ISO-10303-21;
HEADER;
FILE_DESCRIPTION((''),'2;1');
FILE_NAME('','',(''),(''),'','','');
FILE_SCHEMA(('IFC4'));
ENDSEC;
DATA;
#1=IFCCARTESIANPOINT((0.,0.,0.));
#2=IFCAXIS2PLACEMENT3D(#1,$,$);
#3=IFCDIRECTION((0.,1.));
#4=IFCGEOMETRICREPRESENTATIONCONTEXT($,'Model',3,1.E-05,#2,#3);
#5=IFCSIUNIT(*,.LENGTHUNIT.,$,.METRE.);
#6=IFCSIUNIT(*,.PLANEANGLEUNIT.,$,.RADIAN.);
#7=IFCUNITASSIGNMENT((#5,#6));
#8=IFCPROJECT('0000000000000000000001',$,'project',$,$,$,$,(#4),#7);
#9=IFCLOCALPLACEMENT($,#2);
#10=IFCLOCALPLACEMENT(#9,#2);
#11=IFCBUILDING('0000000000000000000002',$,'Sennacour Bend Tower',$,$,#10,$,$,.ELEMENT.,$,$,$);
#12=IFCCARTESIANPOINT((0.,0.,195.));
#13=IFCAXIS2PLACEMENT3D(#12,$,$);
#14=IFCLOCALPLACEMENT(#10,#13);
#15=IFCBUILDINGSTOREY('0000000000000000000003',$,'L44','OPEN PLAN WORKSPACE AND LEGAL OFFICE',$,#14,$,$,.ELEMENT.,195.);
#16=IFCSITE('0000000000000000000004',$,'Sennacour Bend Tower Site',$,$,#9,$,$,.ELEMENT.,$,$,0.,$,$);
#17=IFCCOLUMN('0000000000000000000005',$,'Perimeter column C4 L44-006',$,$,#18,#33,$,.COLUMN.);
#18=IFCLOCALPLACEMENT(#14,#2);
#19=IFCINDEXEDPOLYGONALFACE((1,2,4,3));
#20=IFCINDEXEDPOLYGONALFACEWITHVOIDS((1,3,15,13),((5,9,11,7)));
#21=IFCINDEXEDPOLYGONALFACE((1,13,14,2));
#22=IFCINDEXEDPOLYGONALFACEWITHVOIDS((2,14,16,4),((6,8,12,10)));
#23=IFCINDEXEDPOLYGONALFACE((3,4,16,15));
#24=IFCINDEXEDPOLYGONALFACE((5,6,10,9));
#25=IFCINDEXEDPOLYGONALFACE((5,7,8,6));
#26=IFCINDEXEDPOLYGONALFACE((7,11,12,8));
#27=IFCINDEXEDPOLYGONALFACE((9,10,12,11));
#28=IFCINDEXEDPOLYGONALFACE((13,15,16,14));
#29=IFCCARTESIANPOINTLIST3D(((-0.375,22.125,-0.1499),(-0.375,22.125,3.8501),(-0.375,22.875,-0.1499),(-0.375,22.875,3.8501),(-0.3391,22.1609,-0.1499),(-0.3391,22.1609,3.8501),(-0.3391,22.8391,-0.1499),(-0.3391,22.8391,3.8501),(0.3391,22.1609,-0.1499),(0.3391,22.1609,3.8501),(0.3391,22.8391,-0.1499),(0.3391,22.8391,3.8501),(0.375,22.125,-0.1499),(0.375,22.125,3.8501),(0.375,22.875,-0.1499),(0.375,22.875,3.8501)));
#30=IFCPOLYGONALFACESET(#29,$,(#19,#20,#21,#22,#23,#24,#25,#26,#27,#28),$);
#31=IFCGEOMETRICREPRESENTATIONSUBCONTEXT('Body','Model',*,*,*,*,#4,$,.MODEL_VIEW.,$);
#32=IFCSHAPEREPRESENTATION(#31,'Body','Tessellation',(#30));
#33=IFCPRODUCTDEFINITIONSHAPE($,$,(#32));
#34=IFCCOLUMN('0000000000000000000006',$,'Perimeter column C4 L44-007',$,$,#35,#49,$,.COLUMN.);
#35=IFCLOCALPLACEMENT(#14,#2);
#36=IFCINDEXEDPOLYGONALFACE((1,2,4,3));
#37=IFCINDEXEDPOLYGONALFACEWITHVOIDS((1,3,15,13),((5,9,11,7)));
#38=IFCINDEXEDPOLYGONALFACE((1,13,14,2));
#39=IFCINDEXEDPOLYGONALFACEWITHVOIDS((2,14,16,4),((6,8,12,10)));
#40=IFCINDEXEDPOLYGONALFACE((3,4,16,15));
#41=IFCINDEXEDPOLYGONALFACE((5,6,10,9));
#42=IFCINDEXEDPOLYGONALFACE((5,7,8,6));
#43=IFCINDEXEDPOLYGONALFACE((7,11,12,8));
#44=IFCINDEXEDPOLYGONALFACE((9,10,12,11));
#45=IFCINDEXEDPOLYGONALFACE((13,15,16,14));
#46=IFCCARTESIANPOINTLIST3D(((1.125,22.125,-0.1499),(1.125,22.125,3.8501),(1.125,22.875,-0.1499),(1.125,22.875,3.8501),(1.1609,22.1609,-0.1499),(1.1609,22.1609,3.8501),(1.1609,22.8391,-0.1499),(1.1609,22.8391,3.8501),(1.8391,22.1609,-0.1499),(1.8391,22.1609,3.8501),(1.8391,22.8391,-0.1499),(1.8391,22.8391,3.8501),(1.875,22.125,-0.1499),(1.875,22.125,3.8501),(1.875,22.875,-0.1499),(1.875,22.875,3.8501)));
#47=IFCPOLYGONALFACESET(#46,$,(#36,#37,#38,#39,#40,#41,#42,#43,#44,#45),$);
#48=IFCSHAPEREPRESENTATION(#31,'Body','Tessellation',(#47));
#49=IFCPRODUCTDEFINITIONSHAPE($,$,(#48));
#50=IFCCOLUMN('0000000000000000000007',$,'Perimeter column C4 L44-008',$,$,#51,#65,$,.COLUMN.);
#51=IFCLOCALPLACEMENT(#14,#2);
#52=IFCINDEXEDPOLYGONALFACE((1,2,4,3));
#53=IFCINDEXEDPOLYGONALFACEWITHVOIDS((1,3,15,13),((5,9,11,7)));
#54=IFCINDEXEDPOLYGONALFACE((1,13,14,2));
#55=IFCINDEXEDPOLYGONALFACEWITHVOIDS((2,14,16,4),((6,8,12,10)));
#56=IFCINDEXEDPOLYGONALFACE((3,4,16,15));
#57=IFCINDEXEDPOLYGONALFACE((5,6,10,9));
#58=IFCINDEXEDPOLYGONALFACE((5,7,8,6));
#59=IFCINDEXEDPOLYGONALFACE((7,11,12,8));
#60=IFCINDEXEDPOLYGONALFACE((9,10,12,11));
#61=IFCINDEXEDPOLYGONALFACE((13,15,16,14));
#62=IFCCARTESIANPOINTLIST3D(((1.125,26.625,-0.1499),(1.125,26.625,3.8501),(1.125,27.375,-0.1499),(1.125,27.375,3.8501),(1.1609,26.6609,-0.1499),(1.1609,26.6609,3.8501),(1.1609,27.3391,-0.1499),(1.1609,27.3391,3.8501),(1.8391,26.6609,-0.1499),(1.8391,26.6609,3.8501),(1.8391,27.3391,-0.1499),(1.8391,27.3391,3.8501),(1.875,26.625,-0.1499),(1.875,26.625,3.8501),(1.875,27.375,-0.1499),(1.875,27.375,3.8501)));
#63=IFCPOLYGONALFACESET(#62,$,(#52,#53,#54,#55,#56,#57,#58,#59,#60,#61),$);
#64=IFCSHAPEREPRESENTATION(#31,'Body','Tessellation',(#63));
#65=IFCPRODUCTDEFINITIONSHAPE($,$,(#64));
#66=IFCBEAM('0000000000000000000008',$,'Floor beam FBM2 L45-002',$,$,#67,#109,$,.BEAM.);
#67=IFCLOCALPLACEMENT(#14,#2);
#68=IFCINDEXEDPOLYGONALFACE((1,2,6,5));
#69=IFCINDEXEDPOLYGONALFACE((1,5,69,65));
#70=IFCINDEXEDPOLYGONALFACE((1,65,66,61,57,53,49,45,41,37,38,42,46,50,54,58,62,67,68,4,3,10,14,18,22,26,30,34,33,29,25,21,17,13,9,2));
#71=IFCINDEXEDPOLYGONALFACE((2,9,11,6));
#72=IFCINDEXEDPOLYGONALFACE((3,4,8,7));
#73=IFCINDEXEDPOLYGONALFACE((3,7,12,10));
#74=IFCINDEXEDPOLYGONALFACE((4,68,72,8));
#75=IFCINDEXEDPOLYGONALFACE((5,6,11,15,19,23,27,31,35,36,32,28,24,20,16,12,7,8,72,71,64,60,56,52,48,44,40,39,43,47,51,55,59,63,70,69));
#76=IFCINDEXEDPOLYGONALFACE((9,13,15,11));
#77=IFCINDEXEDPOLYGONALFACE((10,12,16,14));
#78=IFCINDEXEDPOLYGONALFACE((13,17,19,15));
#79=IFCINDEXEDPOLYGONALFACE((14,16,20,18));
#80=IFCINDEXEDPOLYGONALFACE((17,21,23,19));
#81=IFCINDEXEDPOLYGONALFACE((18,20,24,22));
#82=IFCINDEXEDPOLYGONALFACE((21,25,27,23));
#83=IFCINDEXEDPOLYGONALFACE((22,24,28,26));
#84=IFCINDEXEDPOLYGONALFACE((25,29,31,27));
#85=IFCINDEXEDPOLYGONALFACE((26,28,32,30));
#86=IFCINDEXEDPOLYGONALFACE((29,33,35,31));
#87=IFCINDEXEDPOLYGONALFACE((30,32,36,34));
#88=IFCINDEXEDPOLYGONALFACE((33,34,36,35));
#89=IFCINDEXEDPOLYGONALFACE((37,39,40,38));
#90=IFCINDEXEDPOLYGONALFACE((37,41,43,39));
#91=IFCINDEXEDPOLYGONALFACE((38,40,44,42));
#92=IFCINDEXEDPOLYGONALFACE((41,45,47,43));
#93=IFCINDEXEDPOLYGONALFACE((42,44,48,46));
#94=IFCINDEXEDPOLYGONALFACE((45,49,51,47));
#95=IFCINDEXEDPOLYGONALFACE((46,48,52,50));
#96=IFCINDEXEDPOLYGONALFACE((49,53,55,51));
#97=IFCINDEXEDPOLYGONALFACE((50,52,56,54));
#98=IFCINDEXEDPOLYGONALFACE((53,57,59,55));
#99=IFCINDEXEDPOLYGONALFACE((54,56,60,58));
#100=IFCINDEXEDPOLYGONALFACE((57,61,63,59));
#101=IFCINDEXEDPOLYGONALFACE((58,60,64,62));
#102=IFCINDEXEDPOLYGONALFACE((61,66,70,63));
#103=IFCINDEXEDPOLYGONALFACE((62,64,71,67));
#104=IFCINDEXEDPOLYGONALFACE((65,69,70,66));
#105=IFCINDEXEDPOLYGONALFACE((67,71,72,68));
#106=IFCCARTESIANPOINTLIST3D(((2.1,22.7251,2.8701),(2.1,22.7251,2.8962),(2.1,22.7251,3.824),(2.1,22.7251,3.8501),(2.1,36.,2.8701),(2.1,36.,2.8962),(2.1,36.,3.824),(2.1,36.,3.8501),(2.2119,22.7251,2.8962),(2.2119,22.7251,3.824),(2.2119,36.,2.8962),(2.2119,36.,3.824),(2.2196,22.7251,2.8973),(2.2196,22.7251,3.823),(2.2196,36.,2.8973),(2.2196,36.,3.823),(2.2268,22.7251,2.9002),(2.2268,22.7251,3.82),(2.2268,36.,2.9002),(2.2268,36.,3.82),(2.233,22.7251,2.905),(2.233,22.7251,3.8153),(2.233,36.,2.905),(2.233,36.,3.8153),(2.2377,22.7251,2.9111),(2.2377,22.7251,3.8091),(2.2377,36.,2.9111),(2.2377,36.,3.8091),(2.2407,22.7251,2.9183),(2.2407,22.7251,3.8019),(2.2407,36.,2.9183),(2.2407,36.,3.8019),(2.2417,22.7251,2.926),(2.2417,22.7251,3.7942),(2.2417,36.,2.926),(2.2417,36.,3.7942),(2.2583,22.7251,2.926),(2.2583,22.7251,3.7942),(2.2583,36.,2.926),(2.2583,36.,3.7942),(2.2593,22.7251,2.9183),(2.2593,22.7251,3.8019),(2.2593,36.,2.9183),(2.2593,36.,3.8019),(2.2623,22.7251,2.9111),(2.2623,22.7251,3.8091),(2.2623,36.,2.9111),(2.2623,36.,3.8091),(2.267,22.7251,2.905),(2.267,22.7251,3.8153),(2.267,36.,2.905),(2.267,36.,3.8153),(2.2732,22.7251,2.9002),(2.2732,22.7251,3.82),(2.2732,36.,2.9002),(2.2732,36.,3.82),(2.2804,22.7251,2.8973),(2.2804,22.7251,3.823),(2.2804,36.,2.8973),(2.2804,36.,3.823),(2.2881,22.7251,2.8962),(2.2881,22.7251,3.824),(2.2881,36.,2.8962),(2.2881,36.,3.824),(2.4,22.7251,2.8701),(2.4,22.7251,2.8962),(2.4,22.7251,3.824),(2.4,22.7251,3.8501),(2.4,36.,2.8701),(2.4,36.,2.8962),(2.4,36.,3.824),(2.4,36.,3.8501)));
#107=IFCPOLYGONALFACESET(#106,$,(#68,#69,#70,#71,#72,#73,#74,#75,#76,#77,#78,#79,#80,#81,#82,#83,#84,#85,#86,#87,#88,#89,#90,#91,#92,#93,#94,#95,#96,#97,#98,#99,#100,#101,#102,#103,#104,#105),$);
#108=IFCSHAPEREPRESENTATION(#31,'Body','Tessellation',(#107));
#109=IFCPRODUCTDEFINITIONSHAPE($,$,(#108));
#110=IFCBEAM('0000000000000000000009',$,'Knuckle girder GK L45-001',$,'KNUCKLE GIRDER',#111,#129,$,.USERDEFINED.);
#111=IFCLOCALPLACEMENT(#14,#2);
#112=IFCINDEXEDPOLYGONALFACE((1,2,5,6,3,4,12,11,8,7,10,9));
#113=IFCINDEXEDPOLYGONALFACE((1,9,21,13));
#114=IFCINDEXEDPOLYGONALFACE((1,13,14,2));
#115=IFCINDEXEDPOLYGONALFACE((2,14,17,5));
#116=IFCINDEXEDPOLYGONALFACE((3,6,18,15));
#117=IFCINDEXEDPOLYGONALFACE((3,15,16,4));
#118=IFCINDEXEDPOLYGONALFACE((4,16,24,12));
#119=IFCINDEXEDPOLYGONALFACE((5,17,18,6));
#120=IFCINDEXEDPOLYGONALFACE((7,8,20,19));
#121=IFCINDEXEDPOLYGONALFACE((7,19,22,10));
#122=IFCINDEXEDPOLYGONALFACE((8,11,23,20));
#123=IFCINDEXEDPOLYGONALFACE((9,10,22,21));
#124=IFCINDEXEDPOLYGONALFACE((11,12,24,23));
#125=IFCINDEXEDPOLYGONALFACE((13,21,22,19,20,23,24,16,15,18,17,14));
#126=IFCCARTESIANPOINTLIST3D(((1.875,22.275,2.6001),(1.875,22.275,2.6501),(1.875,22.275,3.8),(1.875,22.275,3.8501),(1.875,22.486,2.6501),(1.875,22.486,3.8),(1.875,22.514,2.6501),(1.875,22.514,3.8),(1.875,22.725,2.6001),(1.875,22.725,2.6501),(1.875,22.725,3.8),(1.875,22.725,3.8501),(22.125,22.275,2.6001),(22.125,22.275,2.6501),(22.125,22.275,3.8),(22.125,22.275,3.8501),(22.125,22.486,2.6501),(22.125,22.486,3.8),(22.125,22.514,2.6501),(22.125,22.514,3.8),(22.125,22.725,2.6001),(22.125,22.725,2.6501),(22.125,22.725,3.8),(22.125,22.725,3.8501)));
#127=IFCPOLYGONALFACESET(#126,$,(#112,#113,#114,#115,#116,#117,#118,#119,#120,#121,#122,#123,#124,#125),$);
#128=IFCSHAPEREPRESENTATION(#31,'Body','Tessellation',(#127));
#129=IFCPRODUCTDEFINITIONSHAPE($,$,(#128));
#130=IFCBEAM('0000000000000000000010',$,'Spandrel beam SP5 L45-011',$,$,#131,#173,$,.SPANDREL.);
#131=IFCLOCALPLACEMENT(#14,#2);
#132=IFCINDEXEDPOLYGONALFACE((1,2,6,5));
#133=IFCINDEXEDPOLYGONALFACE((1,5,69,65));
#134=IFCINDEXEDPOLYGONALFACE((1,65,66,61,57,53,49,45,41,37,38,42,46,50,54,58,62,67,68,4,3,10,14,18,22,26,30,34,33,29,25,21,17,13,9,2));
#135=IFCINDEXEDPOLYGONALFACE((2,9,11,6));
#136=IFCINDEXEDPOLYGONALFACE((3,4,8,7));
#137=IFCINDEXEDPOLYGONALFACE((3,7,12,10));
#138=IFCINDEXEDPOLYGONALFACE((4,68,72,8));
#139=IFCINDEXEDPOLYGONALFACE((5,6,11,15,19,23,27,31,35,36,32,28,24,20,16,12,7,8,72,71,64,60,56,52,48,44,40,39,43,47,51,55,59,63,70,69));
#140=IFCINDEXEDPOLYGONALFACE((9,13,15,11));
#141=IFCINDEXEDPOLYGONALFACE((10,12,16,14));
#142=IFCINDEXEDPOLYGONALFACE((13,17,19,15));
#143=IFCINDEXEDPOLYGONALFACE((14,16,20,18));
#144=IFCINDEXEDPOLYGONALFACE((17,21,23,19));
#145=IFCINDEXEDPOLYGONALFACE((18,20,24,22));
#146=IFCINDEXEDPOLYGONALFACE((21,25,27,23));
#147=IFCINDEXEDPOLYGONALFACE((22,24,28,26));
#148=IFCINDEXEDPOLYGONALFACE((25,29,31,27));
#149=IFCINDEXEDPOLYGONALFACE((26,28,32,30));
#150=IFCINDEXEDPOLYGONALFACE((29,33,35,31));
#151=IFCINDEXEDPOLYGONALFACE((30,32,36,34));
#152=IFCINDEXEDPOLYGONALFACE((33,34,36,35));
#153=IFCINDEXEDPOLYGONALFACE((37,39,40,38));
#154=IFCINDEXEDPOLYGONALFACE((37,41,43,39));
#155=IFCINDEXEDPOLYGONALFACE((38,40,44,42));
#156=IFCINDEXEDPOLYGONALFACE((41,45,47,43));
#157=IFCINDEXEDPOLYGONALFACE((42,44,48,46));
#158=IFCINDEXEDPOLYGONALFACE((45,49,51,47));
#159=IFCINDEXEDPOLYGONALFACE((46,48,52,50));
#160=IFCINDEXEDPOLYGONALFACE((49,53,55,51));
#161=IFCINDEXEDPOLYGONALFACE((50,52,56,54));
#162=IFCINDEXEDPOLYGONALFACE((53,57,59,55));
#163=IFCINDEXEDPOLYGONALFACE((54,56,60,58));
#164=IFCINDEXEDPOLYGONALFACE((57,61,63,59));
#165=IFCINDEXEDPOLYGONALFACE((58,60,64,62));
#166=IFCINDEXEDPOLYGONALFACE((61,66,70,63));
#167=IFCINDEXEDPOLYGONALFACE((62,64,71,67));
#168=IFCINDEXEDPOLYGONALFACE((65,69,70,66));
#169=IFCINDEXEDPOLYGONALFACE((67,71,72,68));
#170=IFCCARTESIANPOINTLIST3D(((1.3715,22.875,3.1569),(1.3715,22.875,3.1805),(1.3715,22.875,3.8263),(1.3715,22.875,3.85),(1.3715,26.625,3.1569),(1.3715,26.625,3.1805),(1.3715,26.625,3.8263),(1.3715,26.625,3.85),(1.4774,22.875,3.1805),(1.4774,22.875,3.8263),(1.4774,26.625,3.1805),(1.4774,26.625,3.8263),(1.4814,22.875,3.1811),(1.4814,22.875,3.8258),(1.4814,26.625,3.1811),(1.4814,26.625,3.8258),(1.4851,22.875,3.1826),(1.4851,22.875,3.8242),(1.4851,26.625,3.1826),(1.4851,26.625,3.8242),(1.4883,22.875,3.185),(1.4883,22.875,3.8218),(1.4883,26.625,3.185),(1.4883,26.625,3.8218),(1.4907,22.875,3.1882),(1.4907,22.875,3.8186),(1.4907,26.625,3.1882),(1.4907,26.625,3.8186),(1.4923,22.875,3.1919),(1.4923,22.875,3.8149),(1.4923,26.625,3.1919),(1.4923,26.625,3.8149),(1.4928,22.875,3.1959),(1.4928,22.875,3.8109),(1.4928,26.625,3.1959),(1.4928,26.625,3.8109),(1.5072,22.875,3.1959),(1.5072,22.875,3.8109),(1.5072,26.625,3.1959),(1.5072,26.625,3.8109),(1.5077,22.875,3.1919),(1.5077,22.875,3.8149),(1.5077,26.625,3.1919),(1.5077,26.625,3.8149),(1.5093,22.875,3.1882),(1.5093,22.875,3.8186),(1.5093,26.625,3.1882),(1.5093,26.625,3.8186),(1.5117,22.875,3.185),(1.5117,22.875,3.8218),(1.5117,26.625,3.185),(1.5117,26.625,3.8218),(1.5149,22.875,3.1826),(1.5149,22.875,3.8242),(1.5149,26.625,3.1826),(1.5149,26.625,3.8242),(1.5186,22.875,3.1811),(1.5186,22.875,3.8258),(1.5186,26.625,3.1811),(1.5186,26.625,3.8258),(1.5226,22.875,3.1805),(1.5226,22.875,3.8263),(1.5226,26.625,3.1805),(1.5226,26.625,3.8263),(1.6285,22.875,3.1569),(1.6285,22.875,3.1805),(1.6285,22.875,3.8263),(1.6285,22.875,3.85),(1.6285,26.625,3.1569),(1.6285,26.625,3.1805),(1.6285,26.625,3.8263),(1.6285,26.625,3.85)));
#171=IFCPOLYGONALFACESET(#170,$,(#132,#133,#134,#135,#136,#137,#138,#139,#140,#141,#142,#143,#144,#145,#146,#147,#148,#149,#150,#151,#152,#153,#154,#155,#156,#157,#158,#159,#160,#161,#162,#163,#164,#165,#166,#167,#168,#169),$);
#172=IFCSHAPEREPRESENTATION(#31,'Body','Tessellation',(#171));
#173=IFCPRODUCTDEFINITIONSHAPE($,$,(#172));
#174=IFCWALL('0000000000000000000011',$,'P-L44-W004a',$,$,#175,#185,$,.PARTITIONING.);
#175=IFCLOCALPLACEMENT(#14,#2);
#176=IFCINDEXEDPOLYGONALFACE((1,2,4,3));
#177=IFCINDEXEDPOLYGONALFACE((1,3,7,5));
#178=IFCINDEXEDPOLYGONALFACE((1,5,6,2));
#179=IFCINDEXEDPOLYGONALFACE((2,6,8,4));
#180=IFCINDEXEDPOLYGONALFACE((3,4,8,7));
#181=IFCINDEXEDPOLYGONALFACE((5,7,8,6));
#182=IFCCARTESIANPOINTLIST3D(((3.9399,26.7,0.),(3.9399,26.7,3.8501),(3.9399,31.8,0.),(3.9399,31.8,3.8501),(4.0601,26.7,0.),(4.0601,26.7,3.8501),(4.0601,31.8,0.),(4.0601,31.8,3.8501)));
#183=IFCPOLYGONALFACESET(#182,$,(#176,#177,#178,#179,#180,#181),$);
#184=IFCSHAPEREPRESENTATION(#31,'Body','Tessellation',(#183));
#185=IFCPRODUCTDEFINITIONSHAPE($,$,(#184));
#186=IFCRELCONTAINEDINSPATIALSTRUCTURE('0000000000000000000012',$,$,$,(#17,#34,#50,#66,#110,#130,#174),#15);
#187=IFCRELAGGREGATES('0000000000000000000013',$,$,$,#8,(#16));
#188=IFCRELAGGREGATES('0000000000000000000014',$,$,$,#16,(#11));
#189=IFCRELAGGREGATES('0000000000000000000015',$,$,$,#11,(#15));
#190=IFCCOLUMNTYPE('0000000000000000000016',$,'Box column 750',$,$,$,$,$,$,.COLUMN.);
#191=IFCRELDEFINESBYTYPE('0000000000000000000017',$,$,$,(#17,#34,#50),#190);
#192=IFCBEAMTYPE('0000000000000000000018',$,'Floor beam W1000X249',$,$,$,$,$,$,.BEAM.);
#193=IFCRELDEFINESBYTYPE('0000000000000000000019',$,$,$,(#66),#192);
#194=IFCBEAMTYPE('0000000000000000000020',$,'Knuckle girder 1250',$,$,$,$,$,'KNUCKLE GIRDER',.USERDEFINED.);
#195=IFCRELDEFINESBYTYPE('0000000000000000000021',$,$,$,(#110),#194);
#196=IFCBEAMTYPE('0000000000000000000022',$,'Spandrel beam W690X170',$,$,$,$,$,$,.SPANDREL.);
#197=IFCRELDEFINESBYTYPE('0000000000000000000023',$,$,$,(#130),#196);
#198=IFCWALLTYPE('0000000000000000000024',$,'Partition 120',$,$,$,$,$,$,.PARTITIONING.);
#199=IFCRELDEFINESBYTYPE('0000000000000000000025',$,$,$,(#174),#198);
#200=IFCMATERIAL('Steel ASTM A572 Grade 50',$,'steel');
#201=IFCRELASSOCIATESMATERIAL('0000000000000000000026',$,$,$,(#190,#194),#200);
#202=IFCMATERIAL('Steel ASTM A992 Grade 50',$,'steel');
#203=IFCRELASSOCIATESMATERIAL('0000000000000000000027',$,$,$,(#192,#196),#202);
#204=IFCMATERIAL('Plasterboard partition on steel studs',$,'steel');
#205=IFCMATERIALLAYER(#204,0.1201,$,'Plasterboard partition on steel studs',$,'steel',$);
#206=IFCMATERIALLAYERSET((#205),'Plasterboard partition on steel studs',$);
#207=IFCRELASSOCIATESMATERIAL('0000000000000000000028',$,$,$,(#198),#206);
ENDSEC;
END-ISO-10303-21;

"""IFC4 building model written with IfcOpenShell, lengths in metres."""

from ifc_helpers import new_model, si_unit, direction, frame, frame_2d, origin, origin_2d, place, context, subcontext, project, spatial, rectangle, hollow_rectangle, i_section, extrude, material, layer, layer_set, material_profile, profile_set, type_object, element, save


model = new_model("IFC4")

# Units and contexts
model_context = context("Model", 3, precision=1e-05, world=origin(), true_north=direction((0.0, 1.0)))
body_context = subcontext(model_context, "Body", "Model", "MODEL_VIEW")
ifc_project = project(units=[si_unit("LENGTHUNIT", "METRE"), si_unit("PLANEANGLEUNIT", "RADIAN")], contexts=[model_context])

# Site, building, storey
site_placement = place(None, origin())
site = spatial("IfcSite", under=ifc_project, at=site_placement, Name="Sennacour Bend Tower Site", CompositionType="ELEMENT", RefElevation=0.0)
building_placement = place(site_placement, origin())
building = spatial("IfcBuilding", under=site, at=building_placement, Name="Sennacour Bend Tower", CompositionType="ELEMENT")
storey_placement = place(building_placement, frame((0.0, 0.0, 195.0)))
storey = spatial("IfcBuildingStorey", under=building, at=storey_placement, Name="L44", Description="OPEN PLAN WORKSPACE AND LEGAL OFFICE", CompositionType="ELEMENT", Elevation=195.0)

# Columns
ifc_material_1 = material(Name="Steel ASTM A572 Grade 50", Category="steel")
ifc_material_profile_1 = material_profile(ifc_material_1, hollow_rectangle(XDim=0.75, YDim=0.75, WallThickness=0.0359, at=origin_2d()), Name="Steel ASTM A572 Grade 50", Category="steel")
ifc_profile_set_1 = profile_set([ifc_material_profile_1], Name="Steel ASTM A572 Grade 50")
column_type = type_object("IfcColumnType", Name="Box column 750", PredefinedType="COLUMN", material=ifc_profile_set_1)
for number, where, z_axis, x_axis, name in (
    (1, (0.0, 22.5, -0.1499), (0.0, 0.0, 1.0), (1.0, 0.0, 0.0), "Perimeter column C4 L44-006"),
    (2, (1.5, 22.5, -0.1499), (0.0, 0.0, 1.0), (1.0, 0.0, 0.0), "Perimeter column C4 L44-007"),
    (3, (1.5, 27.0, -0.1499), (0.0, 0.0, 1.0), (1.0, 0.0, 0.0), "Perimeter column C4 L44-008"),
):
    element("IfcColumn", number, at=place(storey_placement, frame(where, z_axis=z_axis, x_axis=x_axis)), inside=storey, type_object=column_type, Name=name, PredefinedType="COLUMN", context=body_context, shape_type="SweptSolid", body=[
        extrude(hollow_rectangle(XDim=0.75, YDim=0.75, WallThickness=0.0359, at=origin_2d()), origin(), (0.0, 0.0, 1.0), 4.0),
    ])

# Beams
ifc_material_2 = material(Name="Steel ASTM A992 Grade 50", Category="steel")
ifc_material_profile_2 = material_profile(ifc_material_2, i_section(OverallWidth=0.3, OverallDepth=0.98, WebThickness=0.0166, FlangeThickness=0.0261, FilletRadius=0.0298, at=origin_2d()), Name="Steel ASTM A992 Grade 50", Category="steel")
ifc_profile_set_2 = profile_set([ifc_material_profile_2], Name="Steel ASTM A992 Grade 50")
beam_type_1 = type_object("IfcBeamType", Name="Floor beam W1000X249", PredefinedType="BEAM", material=ifc_profile_set_2)
beam_1_placement = place(storey_placement, frame((2.25, 22.7251, 3.3601), z_axis=(0.0, 1.0, 0.0), x_axis=(-1.0, 0.0, 0.0)))
element("IfcBeam", 4, at=beam_1_placement, inside=storey, type_object=beam_type_1, Name="Floor beam FBM2 L45-002", PredefinedType="BEAM", context=body_context, shape_type="SweptSolid", body=[
    extrude(i_section(OverallWidth=0.3, OverallDepth=0.98, WebThickness=0.0166, FlangeThickness=0.0261, FilletRadius=0.0298, at=origin_2d()), origin(), (0.0, 0.0, 1.0), 13.2749),
])
ifc_material_profile_3 = material_profile(ifc_material_1, i_section(OverallWidth=0.45, OverallDepth=1.25, WebThickness=0.0281, FlangeThickness=0.05, at=origin_2d()), Name="Steel ASTM A572 Grade 50", Category="steel")
ifc_profile_set_3 = profile_set([ifc_material_profile_3], Name="Steel ASTM A572 Grade 50")
beam_type_2 = type_object("IfcBeamType", Name="Knuckle girder 1250", ElementType="KNUCKLE GIRDER", PredefinedType="USERDEFINED", material=ifc_profile_set_3)
beam_2_placement = place(storey_placement, frame((1.875, 22.5, 3.2251), z_axis=(1.0, 0.0, 0.0), x_axis=(0.0, 1.0, 0.0)))
element("IfcBeam", 5, at=beam_2_placement, inside=storey, type_object=beam_type_2, Name="Knuckle girder GK L45-001", ObjectType="KNUCKLE GIRDER", PredefinedType="USERDEFINED", context=body_context, shape_type="SweptSolid", body=[
    extrude(i_section(OverallWidth=0.45, OverallDepth=1.25, WebThickness=0.0281, FlangeThickness=0.05, at=origin_2d()), origin(), (0.0, 0.0, 1.0), 20.25),
])
ifc_material_profile_4 = material_profile(ifc_material_2, i_section(OverallWidth=0.2571, OverallDepth=0.6931, WebThickness=0.0144, FlangeThickness=0.0237, FilletRadius=0.0154, at=origin_2d()), Name="Steel ASTM A992 Grade 50", Category="steel")
ifc_profile_set_4 = profile_set([ifc_material_profile_4], Name="Steel ASTM A992 Grade 50")
beam_type_3 = type_object("IfcBeamType", Name="Spandrel beam W690X170", PredefinedType="SPANDREL", material=ifc_profile_set_4)
beam_3_placement = place(storey_placement, frame((1.5, 22.875, 3.5034), z_axis=(0.0, 1.0, 0.0), x_axis=(-1.0, 0.0, 0.0)))
element("IfcBeam", 6, at=beam_3_placement, inside=storey, type_object=beam_type_3, Name="Spandrel beam SP5 L45-011", PredefinedType="SPANDREL", context=body_context, shape_type="SweptSolid", body=[
    extrude(i_section(OverallWidth=0.2571, OverallDepth=0.6931, WebThickness=0.0144, FlangeThickness=0.0237, FilletRadius=0.0154, at=origin_2d()), origin(), (0.0, 0.0, 1.0), 3.75),
])

# Wall
ifc_material_3 = material(Name="Plasterboard partition on steel studs", Category="steel")
ifc_layer_1 = layer(ifc_material_3, 0.1201, Name="Plasterboard partition on steel studs", Category="steel")
ifc_layer_set_1 = layer_set([ifc_layer_1], Name="Plasterboard partition on steel studs")
wall_type_1 = type_object("IfcWallType", Name="Partition 120", PredefinedType="PARTITIONING", material=ifc_layer_set_1)
wall_1_placement = place(storey_placement, frame((4.0, 26.7, 0.0), z_axis=(0.0, 0.0, 1.0), x_axis=(0.0, 1.0, 0.0)))
element("IfcWall", 7, at=wall_1_placement, inside=storey, type_object=wall_type_1, Name="P-L44-W004a", PredefinedType="PARTITIONING", context=body_context, shape_type="SweptSolid", body=[
    extrude(rectangle(XDim=5.1001, YDim=0.1201, at=frame_2d((2.55, 0.0))), origin(), (0.0, 0.0, 1.0), 3.8501),
])

save(model, "model.ifc")
